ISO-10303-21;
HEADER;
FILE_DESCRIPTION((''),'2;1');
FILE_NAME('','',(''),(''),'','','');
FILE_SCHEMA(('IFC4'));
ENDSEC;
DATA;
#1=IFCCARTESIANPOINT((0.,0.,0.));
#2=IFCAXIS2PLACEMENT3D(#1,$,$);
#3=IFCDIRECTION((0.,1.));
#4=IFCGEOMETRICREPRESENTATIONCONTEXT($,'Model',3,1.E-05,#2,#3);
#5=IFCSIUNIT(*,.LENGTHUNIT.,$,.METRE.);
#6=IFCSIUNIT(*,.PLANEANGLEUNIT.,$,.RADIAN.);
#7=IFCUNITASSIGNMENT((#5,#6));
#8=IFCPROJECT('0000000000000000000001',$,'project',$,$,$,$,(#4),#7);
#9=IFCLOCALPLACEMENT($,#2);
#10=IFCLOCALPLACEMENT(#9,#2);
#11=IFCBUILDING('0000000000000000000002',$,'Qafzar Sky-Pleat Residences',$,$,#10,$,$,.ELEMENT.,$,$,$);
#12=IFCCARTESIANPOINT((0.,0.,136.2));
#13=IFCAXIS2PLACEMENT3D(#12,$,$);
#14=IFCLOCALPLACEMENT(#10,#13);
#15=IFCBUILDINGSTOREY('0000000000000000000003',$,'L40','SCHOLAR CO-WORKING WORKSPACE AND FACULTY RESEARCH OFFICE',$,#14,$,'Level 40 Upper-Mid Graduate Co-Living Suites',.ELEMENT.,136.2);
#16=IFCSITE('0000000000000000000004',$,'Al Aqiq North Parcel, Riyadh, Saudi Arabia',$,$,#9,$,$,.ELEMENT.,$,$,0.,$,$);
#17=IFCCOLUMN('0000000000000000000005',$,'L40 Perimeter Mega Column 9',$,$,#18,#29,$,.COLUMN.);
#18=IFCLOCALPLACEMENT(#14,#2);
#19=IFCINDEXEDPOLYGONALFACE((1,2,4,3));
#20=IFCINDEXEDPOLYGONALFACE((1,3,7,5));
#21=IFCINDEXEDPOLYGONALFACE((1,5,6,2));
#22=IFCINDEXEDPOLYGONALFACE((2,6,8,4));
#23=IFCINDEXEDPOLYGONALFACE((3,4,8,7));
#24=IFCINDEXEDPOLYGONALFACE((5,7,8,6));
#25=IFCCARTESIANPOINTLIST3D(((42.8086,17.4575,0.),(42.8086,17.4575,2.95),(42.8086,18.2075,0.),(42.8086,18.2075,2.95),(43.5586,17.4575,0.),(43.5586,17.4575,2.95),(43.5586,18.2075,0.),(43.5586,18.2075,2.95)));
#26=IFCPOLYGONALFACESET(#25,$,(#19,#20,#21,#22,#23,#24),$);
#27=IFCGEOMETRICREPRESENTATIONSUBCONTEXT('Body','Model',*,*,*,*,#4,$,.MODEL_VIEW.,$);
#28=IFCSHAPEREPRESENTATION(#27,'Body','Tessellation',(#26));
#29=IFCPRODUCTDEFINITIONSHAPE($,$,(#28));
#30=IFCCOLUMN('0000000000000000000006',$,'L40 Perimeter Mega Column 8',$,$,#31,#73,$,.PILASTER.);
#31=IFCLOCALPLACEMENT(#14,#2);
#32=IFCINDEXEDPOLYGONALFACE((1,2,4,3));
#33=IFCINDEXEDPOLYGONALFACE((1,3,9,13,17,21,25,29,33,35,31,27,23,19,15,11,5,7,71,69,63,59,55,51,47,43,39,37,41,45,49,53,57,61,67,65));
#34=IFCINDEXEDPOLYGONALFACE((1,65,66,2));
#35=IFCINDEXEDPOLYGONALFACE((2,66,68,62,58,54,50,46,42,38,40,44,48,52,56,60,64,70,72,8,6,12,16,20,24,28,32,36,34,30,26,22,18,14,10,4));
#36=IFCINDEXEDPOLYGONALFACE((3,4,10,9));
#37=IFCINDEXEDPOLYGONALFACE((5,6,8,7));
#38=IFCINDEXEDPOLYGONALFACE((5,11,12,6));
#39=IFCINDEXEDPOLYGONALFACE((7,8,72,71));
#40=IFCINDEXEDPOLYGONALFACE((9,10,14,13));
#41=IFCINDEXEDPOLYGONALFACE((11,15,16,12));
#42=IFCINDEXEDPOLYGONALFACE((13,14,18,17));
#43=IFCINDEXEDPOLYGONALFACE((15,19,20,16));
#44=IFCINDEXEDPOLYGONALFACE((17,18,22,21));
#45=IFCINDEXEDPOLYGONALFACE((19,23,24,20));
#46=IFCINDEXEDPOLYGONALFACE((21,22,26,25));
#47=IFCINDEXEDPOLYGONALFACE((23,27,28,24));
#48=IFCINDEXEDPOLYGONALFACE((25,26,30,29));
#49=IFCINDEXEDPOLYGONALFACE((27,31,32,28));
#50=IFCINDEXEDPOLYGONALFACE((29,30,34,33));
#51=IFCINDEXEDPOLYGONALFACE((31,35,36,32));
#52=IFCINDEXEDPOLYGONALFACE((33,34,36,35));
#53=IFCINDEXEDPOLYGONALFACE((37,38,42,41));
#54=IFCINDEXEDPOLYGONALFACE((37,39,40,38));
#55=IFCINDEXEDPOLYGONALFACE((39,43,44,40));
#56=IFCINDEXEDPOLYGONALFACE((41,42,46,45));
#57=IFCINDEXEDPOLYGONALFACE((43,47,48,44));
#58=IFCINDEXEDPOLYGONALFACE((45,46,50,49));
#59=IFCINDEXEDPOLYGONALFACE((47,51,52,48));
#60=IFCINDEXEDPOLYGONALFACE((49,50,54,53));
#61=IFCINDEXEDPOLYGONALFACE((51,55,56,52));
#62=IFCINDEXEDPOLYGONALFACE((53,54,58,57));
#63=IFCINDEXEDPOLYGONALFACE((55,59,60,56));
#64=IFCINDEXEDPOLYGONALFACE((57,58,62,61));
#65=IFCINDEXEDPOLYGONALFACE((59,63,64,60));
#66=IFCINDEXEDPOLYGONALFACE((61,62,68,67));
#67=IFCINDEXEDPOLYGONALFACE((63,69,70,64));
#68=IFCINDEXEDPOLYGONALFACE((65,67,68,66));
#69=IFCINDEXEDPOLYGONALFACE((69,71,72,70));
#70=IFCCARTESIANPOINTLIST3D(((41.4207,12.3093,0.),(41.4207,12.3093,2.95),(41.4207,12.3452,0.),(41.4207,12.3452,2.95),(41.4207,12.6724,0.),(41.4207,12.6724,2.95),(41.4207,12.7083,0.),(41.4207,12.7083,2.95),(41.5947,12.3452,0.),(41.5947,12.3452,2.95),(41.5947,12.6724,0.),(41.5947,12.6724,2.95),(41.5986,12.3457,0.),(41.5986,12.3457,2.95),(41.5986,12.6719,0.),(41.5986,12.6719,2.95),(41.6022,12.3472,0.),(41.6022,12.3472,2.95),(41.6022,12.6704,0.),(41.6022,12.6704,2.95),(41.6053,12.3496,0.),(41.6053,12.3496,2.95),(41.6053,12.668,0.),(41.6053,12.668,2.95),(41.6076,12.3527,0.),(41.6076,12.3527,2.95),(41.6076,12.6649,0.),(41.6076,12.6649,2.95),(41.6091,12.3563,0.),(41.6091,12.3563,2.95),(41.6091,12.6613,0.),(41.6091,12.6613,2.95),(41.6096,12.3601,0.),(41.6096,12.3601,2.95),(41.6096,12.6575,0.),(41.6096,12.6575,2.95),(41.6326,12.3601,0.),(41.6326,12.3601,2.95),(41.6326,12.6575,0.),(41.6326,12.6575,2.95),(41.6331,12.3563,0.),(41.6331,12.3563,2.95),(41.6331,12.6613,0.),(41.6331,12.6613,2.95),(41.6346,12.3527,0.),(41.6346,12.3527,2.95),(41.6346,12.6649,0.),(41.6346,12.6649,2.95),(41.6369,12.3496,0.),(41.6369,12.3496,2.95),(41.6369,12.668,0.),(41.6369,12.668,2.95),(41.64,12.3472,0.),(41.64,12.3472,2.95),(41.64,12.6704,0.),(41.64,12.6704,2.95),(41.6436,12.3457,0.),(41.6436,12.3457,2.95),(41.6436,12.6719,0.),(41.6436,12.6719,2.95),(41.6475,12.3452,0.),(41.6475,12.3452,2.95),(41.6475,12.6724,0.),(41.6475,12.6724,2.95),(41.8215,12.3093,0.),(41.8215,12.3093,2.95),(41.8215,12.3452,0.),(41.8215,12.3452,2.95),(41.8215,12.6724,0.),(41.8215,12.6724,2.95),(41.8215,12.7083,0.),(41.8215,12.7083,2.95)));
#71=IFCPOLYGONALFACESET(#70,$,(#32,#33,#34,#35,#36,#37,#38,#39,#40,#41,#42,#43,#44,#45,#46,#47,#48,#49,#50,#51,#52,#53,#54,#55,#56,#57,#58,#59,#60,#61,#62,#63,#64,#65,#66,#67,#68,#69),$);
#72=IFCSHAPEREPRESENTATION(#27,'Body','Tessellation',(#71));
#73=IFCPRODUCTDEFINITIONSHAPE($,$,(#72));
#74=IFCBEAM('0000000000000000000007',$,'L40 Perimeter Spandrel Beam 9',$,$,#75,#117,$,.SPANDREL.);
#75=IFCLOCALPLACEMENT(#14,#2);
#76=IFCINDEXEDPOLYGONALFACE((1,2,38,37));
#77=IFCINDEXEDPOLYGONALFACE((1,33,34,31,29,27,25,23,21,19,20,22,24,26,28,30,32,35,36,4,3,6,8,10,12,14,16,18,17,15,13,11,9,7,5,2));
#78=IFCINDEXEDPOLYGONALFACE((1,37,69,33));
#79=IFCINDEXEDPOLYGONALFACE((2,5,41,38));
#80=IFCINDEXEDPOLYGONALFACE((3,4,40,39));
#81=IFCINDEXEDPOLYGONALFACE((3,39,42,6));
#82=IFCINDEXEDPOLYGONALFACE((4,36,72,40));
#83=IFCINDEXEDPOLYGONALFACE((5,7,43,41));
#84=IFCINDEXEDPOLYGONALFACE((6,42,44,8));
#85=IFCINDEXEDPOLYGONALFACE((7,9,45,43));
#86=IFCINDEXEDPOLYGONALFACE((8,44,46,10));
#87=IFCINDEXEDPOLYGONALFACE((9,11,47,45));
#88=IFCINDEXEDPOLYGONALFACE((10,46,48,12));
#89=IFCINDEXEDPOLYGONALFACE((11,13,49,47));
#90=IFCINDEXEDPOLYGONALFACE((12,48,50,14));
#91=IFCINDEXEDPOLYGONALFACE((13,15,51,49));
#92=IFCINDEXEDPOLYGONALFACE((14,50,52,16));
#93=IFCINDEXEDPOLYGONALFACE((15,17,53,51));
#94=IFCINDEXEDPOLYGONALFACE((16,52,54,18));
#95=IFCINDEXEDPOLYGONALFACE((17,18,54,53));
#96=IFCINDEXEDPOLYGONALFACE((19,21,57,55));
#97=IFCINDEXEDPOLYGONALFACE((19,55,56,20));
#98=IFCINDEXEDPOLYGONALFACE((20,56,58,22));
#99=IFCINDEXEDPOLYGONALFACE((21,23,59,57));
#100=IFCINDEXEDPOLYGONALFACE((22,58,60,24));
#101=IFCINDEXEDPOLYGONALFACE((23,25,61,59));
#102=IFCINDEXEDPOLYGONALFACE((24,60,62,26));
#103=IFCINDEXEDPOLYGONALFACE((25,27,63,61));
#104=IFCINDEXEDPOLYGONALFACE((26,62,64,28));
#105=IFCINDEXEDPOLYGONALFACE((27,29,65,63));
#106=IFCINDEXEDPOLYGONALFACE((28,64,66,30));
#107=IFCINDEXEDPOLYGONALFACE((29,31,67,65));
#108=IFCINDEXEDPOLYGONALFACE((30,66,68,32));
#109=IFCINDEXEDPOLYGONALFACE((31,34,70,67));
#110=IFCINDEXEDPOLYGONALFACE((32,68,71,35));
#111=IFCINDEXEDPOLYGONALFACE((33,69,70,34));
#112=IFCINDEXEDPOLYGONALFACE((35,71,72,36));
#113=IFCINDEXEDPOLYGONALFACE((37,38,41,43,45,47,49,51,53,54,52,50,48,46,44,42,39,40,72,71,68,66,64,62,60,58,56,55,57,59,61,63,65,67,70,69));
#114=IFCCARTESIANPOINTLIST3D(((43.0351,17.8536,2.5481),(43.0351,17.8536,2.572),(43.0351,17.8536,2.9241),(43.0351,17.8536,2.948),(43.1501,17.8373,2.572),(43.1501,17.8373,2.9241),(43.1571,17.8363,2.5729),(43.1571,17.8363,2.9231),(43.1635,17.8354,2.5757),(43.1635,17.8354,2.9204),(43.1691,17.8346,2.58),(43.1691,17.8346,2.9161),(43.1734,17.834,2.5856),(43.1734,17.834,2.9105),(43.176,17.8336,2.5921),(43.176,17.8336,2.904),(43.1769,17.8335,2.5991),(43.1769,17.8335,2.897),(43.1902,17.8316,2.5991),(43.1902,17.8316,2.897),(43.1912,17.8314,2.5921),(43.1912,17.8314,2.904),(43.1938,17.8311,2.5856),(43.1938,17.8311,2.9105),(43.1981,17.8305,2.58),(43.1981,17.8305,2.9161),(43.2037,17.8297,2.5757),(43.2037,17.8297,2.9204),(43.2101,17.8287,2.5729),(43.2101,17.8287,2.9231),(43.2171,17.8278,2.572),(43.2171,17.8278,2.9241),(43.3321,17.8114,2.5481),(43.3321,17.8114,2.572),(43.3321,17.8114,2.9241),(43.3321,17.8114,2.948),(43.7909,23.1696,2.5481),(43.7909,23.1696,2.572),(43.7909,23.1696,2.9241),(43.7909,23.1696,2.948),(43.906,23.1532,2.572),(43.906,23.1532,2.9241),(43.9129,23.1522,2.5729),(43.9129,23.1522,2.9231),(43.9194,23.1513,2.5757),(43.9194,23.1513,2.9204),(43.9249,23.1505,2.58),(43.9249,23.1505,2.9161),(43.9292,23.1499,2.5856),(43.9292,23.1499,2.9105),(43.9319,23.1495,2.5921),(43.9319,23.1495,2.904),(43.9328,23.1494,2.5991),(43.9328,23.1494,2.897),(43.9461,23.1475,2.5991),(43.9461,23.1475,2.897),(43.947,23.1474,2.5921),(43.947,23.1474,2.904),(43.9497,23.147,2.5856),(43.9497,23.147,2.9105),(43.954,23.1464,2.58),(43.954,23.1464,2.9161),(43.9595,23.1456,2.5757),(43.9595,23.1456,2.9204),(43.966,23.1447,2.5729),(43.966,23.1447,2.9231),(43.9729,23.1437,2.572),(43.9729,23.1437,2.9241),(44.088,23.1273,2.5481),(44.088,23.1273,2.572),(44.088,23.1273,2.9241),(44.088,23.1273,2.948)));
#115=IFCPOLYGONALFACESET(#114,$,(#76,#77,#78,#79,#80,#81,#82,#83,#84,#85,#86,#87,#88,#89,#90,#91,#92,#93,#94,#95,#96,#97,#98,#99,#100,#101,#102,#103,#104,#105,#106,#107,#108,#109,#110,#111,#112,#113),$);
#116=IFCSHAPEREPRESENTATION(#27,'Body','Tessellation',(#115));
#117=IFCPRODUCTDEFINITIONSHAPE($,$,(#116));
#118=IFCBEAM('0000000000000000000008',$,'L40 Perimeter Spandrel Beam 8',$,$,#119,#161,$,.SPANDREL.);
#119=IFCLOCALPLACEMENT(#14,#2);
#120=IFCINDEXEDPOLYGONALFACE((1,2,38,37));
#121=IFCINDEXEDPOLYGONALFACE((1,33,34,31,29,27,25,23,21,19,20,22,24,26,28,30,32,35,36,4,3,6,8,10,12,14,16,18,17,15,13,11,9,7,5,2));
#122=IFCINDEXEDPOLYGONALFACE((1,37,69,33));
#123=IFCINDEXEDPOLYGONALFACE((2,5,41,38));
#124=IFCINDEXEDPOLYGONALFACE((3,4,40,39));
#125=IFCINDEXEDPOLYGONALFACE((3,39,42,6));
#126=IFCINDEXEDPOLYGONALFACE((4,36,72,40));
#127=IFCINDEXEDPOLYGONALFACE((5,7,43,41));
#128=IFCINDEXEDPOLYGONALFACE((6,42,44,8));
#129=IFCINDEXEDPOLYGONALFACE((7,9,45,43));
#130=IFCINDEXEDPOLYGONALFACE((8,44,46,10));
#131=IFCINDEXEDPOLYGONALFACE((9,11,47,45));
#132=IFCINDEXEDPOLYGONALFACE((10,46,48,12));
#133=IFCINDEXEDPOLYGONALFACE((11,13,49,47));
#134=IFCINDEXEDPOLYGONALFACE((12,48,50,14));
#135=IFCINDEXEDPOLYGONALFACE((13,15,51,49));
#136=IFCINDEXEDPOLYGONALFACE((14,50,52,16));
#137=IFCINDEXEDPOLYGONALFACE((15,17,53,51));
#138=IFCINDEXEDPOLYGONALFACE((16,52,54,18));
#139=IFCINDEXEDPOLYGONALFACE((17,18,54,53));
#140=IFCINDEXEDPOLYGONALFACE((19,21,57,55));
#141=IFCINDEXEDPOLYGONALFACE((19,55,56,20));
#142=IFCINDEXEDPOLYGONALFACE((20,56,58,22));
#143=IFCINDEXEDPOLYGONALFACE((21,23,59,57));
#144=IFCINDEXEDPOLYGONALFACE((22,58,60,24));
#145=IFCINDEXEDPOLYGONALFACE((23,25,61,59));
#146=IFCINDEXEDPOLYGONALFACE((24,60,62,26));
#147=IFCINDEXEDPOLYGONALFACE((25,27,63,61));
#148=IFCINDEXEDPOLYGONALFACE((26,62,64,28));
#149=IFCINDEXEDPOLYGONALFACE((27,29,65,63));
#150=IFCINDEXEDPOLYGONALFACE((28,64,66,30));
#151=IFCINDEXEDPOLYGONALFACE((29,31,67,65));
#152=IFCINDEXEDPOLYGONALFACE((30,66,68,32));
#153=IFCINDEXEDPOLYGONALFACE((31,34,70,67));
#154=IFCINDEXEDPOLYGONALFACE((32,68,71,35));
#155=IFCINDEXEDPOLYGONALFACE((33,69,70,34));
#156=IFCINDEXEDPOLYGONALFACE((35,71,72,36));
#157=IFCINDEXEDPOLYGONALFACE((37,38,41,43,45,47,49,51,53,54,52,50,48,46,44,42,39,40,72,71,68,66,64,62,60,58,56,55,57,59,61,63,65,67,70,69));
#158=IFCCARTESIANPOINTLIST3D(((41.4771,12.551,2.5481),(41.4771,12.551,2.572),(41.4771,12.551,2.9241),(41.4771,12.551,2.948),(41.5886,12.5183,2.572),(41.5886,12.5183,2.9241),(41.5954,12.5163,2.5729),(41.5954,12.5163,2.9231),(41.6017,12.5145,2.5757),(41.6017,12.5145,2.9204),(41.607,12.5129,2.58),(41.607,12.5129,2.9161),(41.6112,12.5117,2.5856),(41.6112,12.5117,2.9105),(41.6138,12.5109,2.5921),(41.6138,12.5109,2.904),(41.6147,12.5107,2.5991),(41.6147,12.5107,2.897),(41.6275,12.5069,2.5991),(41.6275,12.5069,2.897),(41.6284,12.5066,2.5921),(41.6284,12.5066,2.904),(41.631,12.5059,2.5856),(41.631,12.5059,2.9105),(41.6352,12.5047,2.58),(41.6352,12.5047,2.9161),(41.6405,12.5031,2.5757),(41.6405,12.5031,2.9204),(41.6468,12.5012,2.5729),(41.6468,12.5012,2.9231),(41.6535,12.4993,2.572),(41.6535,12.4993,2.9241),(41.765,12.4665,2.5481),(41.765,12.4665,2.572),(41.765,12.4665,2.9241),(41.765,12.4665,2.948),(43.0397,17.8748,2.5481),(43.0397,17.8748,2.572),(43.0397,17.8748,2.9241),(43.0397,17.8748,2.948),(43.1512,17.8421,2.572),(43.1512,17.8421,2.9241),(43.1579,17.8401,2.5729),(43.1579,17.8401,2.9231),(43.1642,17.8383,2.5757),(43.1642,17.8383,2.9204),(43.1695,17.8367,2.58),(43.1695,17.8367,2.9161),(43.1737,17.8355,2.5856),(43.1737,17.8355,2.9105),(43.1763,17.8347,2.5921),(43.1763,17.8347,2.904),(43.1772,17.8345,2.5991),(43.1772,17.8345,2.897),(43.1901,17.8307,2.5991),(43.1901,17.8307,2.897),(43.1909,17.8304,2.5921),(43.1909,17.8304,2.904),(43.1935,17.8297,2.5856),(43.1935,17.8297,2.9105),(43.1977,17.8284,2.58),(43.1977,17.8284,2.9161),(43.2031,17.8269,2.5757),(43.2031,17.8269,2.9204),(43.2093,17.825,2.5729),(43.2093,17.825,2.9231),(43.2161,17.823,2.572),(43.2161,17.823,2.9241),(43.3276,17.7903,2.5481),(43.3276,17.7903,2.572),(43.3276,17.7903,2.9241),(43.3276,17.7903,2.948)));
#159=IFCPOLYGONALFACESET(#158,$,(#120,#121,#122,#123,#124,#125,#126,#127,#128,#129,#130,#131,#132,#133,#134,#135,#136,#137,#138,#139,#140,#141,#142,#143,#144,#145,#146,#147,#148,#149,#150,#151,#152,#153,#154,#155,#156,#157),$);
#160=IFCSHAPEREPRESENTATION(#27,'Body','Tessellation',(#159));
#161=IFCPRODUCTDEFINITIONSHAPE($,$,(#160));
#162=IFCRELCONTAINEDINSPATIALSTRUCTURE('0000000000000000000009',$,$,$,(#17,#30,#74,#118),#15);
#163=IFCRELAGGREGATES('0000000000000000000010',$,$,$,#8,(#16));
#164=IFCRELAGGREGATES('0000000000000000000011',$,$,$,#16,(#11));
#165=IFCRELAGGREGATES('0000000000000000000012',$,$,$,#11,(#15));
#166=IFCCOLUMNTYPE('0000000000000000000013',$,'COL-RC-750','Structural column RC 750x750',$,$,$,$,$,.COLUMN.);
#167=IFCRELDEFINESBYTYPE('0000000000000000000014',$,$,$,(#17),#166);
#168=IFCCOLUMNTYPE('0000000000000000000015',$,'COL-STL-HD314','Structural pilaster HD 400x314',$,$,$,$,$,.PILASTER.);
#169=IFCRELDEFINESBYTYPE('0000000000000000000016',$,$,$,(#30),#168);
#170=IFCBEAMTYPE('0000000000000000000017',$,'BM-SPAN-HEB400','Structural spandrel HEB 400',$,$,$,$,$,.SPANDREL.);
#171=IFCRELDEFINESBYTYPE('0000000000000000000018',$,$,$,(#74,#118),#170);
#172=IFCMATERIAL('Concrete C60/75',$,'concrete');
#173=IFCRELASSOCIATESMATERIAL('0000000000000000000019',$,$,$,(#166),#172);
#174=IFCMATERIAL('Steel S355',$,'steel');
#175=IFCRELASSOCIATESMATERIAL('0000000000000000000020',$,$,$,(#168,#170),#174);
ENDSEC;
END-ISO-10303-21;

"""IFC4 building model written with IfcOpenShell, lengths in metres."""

from ifc_helpers import new_model, si_unit, direction, frame, origin, origin_2d, place, context, subcontext, project, spatial, rectangle, i_section, extrude, source, transform, mapped, material, material_profile, profile_set, type_object, element, save


model = new_model("IFC4")

# Units and contexts
model_context = context("Model", 3, precision=1e-05, world=origin(), true_north=direction((0.0, 1.0)))
body_context = subcontext(model_context, "Body", "Model", "MODEL_VIEW")
ifc_project = project(units=[si_unit("LENGTHUNIT", "METRE"), si_unit("PLANEANGLEUNIT", "RADIAN")], contexts=[model_context])

# Site, building, storey
site_placement = place(None, origin())
site = spatial("IfcSite", under=ifc_project, at=site_placement, Name="Al Aqiq North Parcel, Riyadh, Saudi Arabia", CompositionType="ELEMENT", RefElevation=0.0)
building_placement = place(site_placement, origin())
building = spatial("IfcBuilding", under=site, at=building_placement, Name="Qafzar Sky-Pleat Residences", CompositionType="ELEMENT")
storey_placement = place(building_placement, frame((0.0, 0.0, 136.2)))
storey = spatial("IfcBuildingStorey", under=building, at=storey_placement, Name="L40", Description="SCHOLAR CO-WORKING WORKSPACE AND FACULTY RESEARCH OFFICE", LongName="Level 40 Upper-Mid Graduate Co-Living Suites", CompositionType="ELEMENT", Elevation=136.2)

# Columns
ifc_material_1 = material(Name="Concrete C60/75", Category="concrete")
ifc_material_profile_1 = material_profile(ifc_material_1, rectangle(XDim=0.75, YDim=0.75, at=origin_2d()), Name="RC 750x750")
ifc_profile_set_1 = profile_set([ifc_material_profile_1], Name="Concrete C60/75")
column_type_1 = type_object("IfcColumnType", Name="COL-RC-750", Description="Structural column RC 750x750", PredefinedType="COLUMN", material=ifc_profile_set_1)
shared_shape_1 = source(origin(), body_context, "Body", "SweptSolid", [
    extrude(rectangle(XDim=0.75, YDim=0.75, at=origin_2d()), origin(), (0.0, 0.0, 1.0), 2.95),
])
column_1_placement = place(storey_placement, frame((43.1836, 17.8325, 0.0), z_axis=(0.0, 0.0, 1.0), x_axis=(1.0, 0.0, 0.0)))
element("IfcColumn", 1, at=column_1_placement, inside=storey, type_object=column_type_1, Name="L40 Perimeter Mega Column 9", PredefinedType="COLUMN", context=body_context, shape_type="MappedRepresentation", body=[
    mapped(shared_shape_1, transform((0.0, 0.0, 0.0), x_axis=(1.0, 0.0, 0.0), y_axis=(0.0, 1.0, 0.0), z_axis=(0.0, 0.0, 1.0), scale=1.0)),
])
ifc_material_2 = material(Name="Steel S355", Category="steel")
ifc_material_profile_2 = material_profile(ifc_material_2, i_section(OverallWidth=0.4009, OverallDepth=0.3989, WebThickness=0.0229, FlangeThickness=0.0359, FilletRadius=0.0149, at=origin_2d()), Name="HD 400x314")
ifc_profile_set_2 = profile_set([ifc_material_profile_2], Name="Steel S355")
column_type_2 = type_object("IfcColumnType", Name="COL-STL-HD314", Description="Structural pilaster HD 400x314", PredefinedType="PILASTER", material=ifc_profile_set_2)
shared_shape_2 = source(origin(), body_context, "Body", "SweptSolid", [
    extrude(i_section(OverallWidth=0.4009, OverallDepth=0.3989, WebThickness=0.0229, FlangeThickness=0.0359, FilletRadius=0.0149, at=origin_2d()), origin(), (0.0, 0.0, 1.0), 2.95),
])
column_2_placement = place(storey_placement, frame((41.6211, 12.5088, 0.0), z_axis=(0.0, 0.0, 1.0), x_axis=(1.0, 0.0, 0.0)))
element("IfcColumn", 2, at=column_2_placement, inside=storey, type_object=column_type_2, Name="L40 Perimeter Mega Column 8", PredefinedType="PILASTER", context=body_context, shape_type="MappedRepresentation", body=[
    mapped(shared_shape_2, transform((0.0, 0.0, 0.0), x_axis=(1.0, 0.0, 0.0), y_axis=(0.0, 1.0, 0.0), z_axis=(0.0, 0.0, 1.0), scale=1.0)),
])

# Beams
ifc_material_profile_3 = material_profile(ifc_material_2, i_section(OverallWidth=0.3, OverallDepth=0.3999, WebThickness=0.0134, FlangeThickness=0.0239, FilletRadius=0.0271, at=origin_2d()), Name="HEB 400")
ifc_profile_set_3 = profile_set([ifc_material_profile_3], Name="Steel S355")
beam_type_1 = type_object("IfcBeamType", Name="BM-SPAN-HEB400", Description="Structural spandrel HEB 400", PredefinedType="SPANDREL", material=ifc_profile_set_3)
shared_shape_3 = source(origin(), body_context, "Body", "SweptSolid", [
    extrude(i_section(OverallWidth=0.3, OverallDepth=0.3999, WebThickness=0.0134, FlangeThickness=0.0239, FilletRadius=0.0271, at=origin_2d()), origin(), (0.0, 0.0, 1.0), 5.3694),
])
beam_1_placement = place(storey_placement, frame((43.1836, 17.8325, 2.748), z_axis=(0.140772, 0.990042, 0.0), x_axis=(-0.990042, 0.140772, 0.0)))
element("IfcBeam", 3, at=beam_1_placement, inside=storey, type_object=beam_type_1, Name="L40 Perimeter Spandrel Beam 9", PredefinedType="SPANDREL", context=body_context, shape_type="MappedRepresentation", body=[
    mapped(shared_shape_3, transform((0.0, 0.0, 0.0), x_axis=(1.0, 0.0, 0.0), y_axis=(0.0, 1.0, 0.0), z_axis=(0.0, 0.0, 1.0), scale=1.0)),
])
shared_shape_4 = source(origin(), body_context, "Body", "SweptSolid", [
    extrude(i_section(OverallWidth=0.3, OverallDepth=0.3999, WebThickness=0.0134, FlangeThickness=0.0239, FilletRadius=0.0271, at=origin_2d()), origin(), (0.0, 0.0, 1.0), 5.5483),
])
beam_2_placement = place(storey_placement, frame((41.6211, 12.5088, 2.748), z_axis=(0.281618, 0.959527, 0.0), x_axis=(-0.959527, 0.281618, 0.0)))
element("IfcBeam", 4, at=beam_2_placement, inside=storey, type_object=beam_type_1, Name="L40 Perimeter Spandrel Beam 8", PredefinedType="SPANDREL", context=body_context, shape_type="MappedRepresentation", body=[
    mapped(shared_shape_4, transform((0.0, 0.0, 0.0), x_axis=(1.0, 0.0, 0.0), y_axis=(0.0, 1.0, 0.0), z_axis=(0.0, 0.0, 1.0), scale=1.0)),
])

save(model, "model.ifc")
